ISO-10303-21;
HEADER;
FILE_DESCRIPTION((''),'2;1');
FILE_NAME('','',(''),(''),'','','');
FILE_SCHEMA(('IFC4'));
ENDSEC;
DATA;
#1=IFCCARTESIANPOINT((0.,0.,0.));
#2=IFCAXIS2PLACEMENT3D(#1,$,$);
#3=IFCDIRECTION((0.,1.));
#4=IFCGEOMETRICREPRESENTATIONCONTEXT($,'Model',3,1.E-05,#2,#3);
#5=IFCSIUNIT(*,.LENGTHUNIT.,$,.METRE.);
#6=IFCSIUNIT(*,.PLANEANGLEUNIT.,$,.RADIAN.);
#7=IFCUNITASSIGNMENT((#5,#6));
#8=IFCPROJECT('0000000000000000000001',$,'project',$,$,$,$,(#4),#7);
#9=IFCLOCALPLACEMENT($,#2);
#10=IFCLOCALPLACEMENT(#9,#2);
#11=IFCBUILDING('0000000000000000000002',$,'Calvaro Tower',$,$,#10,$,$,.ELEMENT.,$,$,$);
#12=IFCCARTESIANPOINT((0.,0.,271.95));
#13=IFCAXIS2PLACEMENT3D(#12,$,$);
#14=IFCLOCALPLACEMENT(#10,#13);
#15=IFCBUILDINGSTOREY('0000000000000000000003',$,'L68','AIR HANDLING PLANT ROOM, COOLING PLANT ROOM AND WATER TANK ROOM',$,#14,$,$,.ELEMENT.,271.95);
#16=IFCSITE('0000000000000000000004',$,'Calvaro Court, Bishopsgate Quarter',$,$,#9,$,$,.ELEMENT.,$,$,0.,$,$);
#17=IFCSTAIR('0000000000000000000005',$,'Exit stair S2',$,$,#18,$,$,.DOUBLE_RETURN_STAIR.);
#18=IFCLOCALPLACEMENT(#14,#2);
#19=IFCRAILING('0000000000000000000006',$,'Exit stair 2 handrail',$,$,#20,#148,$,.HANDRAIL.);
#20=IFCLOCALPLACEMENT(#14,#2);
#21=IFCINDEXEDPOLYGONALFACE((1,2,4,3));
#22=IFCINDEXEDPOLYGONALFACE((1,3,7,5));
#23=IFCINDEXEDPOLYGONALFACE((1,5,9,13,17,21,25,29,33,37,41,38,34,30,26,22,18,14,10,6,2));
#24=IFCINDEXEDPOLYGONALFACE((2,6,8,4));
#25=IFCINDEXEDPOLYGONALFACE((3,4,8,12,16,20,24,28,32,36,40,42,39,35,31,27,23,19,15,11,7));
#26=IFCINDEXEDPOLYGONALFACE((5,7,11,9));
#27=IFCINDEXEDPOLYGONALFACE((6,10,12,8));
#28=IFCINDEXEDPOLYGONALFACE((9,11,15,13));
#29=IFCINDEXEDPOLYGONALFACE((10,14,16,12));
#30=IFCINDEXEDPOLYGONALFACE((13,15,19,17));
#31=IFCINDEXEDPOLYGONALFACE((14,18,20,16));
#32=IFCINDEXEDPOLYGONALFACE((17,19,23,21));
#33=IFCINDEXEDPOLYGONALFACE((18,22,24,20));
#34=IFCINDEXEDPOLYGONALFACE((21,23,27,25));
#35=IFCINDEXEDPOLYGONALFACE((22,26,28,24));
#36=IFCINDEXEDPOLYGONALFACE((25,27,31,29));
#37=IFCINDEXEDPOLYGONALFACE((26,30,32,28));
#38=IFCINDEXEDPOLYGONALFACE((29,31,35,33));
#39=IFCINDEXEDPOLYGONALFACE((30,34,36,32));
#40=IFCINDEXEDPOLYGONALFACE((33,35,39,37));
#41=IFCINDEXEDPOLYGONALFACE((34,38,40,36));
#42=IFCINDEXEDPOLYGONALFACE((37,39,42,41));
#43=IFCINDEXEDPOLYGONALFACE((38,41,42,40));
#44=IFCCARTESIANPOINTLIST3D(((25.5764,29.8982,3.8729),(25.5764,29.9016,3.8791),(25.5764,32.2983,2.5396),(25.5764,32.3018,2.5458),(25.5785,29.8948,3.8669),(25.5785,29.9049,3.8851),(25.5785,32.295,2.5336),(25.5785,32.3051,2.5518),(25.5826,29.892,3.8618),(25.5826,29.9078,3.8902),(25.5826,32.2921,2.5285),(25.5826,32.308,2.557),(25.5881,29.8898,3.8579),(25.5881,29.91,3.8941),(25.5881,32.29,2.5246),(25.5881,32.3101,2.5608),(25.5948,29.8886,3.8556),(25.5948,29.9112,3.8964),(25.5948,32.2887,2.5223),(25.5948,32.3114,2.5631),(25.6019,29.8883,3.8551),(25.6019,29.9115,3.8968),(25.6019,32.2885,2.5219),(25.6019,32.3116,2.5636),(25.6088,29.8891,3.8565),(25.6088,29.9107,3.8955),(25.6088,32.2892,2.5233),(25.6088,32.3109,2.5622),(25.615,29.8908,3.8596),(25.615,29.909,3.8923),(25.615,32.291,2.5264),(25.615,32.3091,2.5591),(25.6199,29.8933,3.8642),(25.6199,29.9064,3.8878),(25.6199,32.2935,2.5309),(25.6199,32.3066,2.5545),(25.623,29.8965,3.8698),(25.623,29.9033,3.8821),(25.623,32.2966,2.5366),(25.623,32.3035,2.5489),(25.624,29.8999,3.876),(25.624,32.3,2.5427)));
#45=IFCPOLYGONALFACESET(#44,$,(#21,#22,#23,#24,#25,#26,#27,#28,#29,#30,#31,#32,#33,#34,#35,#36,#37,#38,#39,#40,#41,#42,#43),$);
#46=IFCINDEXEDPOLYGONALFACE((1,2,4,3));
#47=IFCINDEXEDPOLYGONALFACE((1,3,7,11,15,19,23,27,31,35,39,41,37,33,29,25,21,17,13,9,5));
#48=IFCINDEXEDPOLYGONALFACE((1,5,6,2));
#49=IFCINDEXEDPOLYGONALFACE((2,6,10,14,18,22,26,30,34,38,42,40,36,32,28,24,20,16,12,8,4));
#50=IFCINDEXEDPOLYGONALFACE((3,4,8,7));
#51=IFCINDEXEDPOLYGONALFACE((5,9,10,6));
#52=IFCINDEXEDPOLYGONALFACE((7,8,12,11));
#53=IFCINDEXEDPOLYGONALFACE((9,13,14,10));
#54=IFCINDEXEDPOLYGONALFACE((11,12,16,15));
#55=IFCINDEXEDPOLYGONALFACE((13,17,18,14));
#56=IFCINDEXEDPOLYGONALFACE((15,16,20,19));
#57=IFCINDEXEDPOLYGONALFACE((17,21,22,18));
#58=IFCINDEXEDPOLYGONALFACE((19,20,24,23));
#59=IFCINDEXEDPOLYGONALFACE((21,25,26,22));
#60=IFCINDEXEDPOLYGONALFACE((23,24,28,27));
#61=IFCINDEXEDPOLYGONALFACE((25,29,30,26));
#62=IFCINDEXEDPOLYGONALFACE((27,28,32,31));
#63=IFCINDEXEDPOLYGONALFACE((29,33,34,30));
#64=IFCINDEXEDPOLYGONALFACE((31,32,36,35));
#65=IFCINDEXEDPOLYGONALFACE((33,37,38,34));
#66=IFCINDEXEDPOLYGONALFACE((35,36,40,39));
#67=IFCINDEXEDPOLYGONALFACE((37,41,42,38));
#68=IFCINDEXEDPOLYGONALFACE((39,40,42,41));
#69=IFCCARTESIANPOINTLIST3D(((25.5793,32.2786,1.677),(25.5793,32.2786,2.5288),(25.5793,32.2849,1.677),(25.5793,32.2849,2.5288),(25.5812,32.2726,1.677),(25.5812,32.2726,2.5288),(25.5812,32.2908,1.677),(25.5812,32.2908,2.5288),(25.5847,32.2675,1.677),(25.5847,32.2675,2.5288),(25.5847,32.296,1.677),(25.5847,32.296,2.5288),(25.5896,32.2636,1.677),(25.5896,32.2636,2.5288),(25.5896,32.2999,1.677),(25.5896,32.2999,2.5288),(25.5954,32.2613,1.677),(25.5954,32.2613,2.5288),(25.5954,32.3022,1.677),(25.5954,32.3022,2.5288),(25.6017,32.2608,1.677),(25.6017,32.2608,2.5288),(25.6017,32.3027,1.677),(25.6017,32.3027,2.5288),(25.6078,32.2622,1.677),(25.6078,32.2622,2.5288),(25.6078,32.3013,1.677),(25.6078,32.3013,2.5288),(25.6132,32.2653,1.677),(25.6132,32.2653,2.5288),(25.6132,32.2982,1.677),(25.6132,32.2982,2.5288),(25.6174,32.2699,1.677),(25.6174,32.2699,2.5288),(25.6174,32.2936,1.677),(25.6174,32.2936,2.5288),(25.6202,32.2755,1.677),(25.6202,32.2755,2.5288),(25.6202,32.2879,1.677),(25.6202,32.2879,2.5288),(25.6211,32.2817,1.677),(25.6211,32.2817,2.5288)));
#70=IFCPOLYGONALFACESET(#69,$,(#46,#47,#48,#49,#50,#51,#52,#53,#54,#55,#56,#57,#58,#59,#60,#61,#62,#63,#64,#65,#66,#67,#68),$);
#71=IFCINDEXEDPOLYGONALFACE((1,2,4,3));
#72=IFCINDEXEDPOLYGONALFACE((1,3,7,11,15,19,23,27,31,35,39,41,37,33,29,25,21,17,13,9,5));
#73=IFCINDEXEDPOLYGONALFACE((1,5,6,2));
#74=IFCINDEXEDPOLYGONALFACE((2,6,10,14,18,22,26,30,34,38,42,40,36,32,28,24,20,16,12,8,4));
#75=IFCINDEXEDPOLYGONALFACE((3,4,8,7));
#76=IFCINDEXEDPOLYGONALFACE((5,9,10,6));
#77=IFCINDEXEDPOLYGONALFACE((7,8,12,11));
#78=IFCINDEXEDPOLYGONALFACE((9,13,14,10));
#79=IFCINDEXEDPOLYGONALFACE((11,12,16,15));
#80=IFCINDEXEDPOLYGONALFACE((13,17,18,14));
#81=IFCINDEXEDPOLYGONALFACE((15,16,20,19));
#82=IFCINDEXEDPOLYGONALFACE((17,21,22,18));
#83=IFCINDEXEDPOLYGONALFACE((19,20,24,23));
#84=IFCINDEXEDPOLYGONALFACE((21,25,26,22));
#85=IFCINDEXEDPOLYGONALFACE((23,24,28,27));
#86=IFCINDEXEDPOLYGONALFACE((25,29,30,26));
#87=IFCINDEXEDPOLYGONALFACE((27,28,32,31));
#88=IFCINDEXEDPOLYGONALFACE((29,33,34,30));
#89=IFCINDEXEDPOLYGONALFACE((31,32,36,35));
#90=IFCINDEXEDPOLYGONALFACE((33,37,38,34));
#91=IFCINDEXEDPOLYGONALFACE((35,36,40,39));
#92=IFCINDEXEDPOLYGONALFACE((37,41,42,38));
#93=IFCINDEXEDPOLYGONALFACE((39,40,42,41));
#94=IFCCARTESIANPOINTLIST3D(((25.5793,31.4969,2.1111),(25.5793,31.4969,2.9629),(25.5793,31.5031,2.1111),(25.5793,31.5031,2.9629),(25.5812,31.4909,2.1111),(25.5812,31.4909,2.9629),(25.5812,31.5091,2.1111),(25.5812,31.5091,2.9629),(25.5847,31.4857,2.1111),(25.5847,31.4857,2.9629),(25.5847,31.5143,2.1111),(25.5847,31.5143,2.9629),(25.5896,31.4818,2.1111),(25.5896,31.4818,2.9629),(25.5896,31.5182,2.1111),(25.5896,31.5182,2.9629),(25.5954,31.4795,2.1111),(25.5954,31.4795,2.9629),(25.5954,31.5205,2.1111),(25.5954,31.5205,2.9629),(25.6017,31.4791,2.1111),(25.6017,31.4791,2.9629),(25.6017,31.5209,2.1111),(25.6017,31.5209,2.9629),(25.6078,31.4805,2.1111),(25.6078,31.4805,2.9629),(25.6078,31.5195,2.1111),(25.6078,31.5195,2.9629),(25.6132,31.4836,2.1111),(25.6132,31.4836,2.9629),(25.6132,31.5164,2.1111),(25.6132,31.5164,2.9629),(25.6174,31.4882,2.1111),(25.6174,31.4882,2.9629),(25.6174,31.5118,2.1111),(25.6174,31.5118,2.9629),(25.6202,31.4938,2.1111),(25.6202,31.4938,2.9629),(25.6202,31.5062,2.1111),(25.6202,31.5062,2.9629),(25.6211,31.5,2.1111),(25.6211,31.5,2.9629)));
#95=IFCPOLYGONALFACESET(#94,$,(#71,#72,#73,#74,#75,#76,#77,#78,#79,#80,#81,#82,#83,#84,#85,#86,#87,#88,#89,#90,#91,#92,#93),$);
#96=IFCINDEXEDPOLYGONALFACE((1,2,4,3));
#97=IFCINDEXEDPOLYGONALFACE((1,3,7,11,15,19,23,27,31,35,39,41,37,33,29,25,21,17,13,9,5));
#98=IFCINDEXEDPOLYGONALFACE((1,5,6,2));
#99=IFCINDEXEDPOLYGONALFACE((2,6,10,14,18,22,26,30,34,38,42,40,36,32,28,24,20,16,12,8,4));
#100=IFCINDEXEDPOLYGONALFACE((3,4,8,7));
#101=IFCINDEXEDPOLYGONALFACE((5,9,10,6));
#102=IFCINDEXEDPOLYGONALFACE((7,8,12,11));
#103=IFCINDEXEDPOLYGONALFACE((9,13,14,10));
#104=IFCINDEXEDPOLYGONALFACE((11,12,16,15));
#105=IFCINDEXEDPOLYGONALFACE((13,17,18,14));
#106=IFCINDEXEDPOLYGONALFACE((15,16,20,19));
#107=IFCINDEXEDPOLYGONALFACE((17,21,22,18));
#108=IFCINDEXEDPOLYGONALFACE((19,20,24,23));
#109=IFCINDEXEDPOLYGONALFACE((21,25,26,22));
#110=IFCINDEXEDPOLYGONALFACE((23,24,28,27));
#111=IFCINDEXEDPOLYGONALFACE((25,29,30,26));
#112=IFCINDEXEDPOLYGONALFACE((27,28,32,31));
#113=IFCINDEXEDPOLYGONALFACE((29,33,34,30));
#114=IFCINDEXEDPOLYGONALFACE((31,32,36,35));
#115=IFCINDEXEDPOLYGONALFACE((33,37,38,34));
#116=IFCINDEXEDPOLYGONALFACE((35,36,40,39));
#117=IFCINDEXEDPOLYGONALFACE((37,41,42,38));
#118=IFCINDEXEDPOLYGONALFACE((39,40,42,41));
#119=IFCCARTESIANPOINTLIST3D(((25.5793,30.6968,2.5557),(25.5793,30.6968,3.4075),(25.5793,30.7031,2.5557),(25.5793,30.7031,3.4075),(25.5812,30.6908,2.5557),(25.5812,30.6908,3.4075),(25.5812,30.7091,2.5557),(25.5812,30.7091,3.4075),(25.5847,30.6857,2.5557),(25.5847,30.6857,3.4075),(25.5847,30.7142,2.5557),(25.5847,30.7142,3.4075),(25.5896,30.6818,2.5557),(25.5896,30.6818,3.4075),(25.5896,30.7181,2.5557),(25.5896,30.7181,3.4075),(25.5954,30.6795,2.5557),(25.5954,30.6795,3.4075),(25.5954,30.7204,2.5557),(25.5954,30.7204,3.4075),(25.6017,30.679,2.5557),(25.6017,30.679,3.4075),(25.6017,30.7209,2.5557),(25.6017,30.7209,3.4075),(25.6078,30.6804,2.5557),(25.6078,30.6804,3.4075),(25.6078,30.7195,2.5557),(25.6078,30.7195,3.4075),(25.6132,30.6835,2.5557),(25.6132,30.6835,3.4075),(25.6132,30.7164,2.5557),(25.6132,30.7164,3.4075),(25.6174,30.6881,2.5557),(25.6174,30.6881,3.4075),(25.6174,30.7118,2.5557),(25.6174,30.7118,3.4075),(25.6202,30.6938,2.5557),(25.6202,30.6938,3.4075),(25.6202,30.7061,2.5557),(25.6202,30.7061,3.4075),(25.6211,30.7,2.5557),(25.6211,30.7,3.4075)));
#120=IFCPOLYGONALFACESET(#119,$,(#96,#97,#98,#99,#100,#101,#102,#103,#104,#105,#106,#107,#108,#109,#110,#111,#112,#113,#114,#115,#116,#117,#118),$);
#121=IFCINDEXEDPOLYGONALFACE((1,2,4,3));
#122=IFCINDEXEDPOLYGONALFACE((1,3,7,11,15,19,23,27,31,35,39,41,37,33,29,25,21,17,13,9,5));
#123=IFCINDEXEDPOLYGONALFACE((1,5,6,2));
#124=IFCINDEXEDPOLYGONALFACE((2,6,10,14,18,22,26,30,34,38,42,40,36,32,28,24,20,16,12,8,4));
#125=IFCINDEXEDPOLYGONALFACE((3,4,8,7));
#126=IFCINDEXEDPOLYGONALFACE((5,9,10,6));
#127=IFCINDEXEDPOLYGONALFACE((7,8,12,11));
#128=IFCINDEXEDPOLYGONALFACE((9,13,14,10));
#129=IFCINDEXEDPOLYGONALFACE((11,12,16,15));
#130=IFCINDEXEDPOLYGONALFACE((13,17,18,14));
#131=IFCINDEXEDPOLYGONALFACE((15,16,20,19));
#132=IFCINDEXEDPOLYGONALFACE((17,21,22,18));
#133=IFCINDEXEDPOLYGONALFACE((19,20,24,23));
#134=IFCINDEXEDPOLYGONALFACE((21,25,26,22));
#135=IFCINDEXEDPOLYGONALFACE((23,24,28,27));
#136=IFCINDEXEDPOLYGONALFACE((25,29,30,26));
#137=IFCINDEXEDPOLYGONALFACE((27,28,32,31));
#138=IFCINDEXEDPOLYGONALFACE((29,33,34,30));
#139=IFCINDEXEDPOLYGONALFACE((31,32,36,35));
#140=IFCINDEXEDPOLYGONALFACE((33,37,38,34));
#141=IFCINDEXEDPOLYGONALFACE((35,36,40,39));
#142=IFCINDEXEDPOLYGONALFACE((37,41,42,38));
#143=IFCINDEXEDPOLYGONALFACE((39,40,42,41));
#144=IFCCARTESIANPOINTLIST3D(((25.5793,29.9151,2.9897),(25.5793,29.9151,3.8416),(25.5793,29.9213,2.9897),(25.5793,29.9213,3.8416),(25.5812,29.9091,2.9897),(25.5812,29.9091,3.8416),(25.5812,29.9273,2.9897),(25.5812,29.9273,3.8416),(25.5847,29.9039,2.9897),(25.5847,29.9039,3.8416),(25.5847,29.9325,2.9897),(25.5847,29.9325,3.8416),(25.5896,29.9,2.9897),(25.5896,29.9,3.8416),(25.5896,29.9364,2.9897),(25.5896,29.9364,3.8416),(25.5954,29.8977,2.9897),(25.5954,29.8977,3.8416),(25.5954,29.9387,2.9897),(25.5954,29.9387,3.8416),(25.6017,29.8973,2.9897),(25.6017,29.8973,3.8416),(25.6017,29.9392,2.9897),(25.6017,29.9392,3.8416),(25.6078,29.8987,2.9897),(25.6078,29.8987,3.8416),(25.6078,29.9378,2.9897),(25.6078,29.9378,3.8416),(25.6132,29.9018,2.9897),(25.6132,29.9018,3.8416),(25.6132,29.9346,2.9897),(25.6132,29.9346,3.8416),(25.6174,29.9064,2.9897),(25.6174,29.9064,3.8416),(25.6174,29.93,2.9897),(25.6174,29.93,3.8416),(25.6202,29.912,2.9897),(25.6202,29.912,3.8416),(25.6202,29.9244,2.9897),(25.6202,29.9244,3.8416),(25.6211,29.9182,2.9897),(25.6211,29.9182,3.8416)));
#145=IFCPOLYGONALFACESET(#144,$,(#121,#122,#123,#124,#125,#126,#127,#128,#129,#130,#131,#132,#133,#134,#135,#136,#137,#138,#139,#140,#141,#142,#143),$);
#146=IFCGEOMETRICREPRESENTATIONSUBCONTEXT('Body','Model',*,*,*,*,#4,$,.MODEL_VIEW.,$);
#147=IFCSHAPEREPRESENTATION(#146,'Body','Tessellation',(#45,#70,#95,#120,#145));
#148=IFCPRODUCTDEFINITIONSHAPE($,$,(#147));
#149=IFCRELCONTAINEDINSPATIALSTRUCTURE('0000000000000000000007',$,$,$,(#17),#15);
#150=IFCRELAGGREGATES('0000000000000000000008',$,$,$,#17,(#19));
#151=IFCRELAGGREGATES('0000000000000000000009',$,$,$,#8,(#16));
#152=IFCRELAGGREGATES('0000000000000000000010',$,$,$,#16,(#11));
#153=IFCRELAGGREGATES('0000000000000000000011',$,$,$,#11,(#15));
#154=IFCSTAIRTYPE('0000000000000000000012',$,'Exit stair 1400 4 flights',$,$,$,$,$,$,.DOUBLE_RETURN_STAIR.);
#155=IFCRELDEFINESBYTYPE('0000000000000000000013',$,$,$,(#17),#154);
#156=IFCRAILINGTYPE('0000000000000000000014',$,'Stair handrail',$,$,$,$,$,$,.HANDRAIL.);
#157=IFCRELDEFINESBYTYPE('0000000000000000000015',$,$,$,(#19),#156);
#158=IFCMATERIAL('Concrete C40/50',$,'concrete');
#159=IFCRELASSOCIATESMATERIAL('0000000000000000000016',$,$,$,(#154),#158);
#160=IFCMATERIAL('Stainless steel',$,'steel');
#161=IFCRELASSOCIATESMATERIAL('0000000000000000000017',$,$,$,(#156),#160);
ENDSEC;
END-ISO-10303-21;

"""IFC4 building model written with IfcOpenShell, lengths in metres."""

from ifc_helpers import new_model, si_unit, direction, frame, origin, origin_2d, place, context, subcontext, project, spatial, circle, extrude, material, type_object, element, aggregate, save


model = new_model("IFC4")

# Units and contexts
model_context = context("Model", 3, precision=1e-05, world=origin(), true_north=direction((0.0, 1.0)))
body_context = subcontext(model_context, "Body", "Model", "MODEL_VIEW")
ifc_project = project(units=[si_unit("LENGTHUNIT", "METRE"), si_unit("PLANEANGLEUNIT", "RADIAN")], contexts=[model_context])

# Site, building, storey
site_placement = place(None, origin())
site = spatial("IfcSite", under=ifc_project, at=site_placement, Name="Calvaro Court, Bishopsgate Quarter", CompositionType="ELEMENT", RefElevation=0.0)
building_placement = place(site_placement, origin())
building = spatial("IfcBuilding", under=site, at=building_placement, Name="Calvaro Tower", CompositionType="ELEMENT")
storey_placement = place(building_placement, frame((0.0, 0.0, 271.95)))
storey = spatial("IfcBuildingStorey", under=building, at=storey_placement, Name="L68", Description="AIR HANDLING PLANT ROOM, COOLING PLANT ROOM AND WATER TANK ROOM", CompositionType="ELEMENT", Elevation=271.95)

# Stair
ifc_material_1 = material(Name="Concrete C40/50", Category="concrete")
stair_type = type_object("IfcStairType", Name="Exit stair 1400 4 flights", PredefinedType="DOUBLE_RETURN_STAIR", material=ifc_material_1)
stair_placement = place(storey_placement, origin())
stair = element("IfcStair", 1, at=stair_placement, inside=storey, type_object=stair_type, Name="Exit stair S2", PredefinedType="DOUBLE_RETURN_STAIR")

# Railing
ifc_material_2 = material(Name="Stainless steel", Category="steel")
railing_type = type_object("IfcRailingType", Name="Stair handrail", PredefinedType="HANDRAIL", material=ifc_material_2)
railing_1_placement = place(storey_placement, frame((25.6001, 32.3, 1.6667)))
railing_1 = element("IfcRailing", 2, at=railing_1_placement, type_object=railing_type, Name="Exit stair 2 handrail", PredefinedType="HANDRAIL", context=body_context, shape_type="SweptSolid", body=[
    extrude(circle(Radius=0.0239, at=origin_2d()), frame((0.0, 0.0, 0.876), z_axis=(0.0, -0.874182, 0.485598), x_axis=(1.0, 0.0, 0.0)), (0.0, 0.0, 1.0), 2.7456),
    extrude(circle(Radius=0.021, at=origin_2d()), frame((0.0, -0.0183, 0.0103)), (0.0, 0.0, 1.0), 0.8518),
    extrude(circle(Radius=0.021, at=origin_2d()), frame((0.0, -0.8, 0.4443)), (0.0, 0.0, 1.0), 0.8518),
    extrude(circle(Radius=0.021, at=origin_2d()), frame((0.0, -1.6001, 0.8889)), (0.0, 0.0, 1.0), 0.8518),
    extrude(circle(Radius=0.021, at=origin_2d()), frame((0.0, -2.3818, 1.323)), (0.0, 0.0, 1.0), 0.8518),
])
aggregate(stair, [railing_1])

save(model, "model.ifc")
